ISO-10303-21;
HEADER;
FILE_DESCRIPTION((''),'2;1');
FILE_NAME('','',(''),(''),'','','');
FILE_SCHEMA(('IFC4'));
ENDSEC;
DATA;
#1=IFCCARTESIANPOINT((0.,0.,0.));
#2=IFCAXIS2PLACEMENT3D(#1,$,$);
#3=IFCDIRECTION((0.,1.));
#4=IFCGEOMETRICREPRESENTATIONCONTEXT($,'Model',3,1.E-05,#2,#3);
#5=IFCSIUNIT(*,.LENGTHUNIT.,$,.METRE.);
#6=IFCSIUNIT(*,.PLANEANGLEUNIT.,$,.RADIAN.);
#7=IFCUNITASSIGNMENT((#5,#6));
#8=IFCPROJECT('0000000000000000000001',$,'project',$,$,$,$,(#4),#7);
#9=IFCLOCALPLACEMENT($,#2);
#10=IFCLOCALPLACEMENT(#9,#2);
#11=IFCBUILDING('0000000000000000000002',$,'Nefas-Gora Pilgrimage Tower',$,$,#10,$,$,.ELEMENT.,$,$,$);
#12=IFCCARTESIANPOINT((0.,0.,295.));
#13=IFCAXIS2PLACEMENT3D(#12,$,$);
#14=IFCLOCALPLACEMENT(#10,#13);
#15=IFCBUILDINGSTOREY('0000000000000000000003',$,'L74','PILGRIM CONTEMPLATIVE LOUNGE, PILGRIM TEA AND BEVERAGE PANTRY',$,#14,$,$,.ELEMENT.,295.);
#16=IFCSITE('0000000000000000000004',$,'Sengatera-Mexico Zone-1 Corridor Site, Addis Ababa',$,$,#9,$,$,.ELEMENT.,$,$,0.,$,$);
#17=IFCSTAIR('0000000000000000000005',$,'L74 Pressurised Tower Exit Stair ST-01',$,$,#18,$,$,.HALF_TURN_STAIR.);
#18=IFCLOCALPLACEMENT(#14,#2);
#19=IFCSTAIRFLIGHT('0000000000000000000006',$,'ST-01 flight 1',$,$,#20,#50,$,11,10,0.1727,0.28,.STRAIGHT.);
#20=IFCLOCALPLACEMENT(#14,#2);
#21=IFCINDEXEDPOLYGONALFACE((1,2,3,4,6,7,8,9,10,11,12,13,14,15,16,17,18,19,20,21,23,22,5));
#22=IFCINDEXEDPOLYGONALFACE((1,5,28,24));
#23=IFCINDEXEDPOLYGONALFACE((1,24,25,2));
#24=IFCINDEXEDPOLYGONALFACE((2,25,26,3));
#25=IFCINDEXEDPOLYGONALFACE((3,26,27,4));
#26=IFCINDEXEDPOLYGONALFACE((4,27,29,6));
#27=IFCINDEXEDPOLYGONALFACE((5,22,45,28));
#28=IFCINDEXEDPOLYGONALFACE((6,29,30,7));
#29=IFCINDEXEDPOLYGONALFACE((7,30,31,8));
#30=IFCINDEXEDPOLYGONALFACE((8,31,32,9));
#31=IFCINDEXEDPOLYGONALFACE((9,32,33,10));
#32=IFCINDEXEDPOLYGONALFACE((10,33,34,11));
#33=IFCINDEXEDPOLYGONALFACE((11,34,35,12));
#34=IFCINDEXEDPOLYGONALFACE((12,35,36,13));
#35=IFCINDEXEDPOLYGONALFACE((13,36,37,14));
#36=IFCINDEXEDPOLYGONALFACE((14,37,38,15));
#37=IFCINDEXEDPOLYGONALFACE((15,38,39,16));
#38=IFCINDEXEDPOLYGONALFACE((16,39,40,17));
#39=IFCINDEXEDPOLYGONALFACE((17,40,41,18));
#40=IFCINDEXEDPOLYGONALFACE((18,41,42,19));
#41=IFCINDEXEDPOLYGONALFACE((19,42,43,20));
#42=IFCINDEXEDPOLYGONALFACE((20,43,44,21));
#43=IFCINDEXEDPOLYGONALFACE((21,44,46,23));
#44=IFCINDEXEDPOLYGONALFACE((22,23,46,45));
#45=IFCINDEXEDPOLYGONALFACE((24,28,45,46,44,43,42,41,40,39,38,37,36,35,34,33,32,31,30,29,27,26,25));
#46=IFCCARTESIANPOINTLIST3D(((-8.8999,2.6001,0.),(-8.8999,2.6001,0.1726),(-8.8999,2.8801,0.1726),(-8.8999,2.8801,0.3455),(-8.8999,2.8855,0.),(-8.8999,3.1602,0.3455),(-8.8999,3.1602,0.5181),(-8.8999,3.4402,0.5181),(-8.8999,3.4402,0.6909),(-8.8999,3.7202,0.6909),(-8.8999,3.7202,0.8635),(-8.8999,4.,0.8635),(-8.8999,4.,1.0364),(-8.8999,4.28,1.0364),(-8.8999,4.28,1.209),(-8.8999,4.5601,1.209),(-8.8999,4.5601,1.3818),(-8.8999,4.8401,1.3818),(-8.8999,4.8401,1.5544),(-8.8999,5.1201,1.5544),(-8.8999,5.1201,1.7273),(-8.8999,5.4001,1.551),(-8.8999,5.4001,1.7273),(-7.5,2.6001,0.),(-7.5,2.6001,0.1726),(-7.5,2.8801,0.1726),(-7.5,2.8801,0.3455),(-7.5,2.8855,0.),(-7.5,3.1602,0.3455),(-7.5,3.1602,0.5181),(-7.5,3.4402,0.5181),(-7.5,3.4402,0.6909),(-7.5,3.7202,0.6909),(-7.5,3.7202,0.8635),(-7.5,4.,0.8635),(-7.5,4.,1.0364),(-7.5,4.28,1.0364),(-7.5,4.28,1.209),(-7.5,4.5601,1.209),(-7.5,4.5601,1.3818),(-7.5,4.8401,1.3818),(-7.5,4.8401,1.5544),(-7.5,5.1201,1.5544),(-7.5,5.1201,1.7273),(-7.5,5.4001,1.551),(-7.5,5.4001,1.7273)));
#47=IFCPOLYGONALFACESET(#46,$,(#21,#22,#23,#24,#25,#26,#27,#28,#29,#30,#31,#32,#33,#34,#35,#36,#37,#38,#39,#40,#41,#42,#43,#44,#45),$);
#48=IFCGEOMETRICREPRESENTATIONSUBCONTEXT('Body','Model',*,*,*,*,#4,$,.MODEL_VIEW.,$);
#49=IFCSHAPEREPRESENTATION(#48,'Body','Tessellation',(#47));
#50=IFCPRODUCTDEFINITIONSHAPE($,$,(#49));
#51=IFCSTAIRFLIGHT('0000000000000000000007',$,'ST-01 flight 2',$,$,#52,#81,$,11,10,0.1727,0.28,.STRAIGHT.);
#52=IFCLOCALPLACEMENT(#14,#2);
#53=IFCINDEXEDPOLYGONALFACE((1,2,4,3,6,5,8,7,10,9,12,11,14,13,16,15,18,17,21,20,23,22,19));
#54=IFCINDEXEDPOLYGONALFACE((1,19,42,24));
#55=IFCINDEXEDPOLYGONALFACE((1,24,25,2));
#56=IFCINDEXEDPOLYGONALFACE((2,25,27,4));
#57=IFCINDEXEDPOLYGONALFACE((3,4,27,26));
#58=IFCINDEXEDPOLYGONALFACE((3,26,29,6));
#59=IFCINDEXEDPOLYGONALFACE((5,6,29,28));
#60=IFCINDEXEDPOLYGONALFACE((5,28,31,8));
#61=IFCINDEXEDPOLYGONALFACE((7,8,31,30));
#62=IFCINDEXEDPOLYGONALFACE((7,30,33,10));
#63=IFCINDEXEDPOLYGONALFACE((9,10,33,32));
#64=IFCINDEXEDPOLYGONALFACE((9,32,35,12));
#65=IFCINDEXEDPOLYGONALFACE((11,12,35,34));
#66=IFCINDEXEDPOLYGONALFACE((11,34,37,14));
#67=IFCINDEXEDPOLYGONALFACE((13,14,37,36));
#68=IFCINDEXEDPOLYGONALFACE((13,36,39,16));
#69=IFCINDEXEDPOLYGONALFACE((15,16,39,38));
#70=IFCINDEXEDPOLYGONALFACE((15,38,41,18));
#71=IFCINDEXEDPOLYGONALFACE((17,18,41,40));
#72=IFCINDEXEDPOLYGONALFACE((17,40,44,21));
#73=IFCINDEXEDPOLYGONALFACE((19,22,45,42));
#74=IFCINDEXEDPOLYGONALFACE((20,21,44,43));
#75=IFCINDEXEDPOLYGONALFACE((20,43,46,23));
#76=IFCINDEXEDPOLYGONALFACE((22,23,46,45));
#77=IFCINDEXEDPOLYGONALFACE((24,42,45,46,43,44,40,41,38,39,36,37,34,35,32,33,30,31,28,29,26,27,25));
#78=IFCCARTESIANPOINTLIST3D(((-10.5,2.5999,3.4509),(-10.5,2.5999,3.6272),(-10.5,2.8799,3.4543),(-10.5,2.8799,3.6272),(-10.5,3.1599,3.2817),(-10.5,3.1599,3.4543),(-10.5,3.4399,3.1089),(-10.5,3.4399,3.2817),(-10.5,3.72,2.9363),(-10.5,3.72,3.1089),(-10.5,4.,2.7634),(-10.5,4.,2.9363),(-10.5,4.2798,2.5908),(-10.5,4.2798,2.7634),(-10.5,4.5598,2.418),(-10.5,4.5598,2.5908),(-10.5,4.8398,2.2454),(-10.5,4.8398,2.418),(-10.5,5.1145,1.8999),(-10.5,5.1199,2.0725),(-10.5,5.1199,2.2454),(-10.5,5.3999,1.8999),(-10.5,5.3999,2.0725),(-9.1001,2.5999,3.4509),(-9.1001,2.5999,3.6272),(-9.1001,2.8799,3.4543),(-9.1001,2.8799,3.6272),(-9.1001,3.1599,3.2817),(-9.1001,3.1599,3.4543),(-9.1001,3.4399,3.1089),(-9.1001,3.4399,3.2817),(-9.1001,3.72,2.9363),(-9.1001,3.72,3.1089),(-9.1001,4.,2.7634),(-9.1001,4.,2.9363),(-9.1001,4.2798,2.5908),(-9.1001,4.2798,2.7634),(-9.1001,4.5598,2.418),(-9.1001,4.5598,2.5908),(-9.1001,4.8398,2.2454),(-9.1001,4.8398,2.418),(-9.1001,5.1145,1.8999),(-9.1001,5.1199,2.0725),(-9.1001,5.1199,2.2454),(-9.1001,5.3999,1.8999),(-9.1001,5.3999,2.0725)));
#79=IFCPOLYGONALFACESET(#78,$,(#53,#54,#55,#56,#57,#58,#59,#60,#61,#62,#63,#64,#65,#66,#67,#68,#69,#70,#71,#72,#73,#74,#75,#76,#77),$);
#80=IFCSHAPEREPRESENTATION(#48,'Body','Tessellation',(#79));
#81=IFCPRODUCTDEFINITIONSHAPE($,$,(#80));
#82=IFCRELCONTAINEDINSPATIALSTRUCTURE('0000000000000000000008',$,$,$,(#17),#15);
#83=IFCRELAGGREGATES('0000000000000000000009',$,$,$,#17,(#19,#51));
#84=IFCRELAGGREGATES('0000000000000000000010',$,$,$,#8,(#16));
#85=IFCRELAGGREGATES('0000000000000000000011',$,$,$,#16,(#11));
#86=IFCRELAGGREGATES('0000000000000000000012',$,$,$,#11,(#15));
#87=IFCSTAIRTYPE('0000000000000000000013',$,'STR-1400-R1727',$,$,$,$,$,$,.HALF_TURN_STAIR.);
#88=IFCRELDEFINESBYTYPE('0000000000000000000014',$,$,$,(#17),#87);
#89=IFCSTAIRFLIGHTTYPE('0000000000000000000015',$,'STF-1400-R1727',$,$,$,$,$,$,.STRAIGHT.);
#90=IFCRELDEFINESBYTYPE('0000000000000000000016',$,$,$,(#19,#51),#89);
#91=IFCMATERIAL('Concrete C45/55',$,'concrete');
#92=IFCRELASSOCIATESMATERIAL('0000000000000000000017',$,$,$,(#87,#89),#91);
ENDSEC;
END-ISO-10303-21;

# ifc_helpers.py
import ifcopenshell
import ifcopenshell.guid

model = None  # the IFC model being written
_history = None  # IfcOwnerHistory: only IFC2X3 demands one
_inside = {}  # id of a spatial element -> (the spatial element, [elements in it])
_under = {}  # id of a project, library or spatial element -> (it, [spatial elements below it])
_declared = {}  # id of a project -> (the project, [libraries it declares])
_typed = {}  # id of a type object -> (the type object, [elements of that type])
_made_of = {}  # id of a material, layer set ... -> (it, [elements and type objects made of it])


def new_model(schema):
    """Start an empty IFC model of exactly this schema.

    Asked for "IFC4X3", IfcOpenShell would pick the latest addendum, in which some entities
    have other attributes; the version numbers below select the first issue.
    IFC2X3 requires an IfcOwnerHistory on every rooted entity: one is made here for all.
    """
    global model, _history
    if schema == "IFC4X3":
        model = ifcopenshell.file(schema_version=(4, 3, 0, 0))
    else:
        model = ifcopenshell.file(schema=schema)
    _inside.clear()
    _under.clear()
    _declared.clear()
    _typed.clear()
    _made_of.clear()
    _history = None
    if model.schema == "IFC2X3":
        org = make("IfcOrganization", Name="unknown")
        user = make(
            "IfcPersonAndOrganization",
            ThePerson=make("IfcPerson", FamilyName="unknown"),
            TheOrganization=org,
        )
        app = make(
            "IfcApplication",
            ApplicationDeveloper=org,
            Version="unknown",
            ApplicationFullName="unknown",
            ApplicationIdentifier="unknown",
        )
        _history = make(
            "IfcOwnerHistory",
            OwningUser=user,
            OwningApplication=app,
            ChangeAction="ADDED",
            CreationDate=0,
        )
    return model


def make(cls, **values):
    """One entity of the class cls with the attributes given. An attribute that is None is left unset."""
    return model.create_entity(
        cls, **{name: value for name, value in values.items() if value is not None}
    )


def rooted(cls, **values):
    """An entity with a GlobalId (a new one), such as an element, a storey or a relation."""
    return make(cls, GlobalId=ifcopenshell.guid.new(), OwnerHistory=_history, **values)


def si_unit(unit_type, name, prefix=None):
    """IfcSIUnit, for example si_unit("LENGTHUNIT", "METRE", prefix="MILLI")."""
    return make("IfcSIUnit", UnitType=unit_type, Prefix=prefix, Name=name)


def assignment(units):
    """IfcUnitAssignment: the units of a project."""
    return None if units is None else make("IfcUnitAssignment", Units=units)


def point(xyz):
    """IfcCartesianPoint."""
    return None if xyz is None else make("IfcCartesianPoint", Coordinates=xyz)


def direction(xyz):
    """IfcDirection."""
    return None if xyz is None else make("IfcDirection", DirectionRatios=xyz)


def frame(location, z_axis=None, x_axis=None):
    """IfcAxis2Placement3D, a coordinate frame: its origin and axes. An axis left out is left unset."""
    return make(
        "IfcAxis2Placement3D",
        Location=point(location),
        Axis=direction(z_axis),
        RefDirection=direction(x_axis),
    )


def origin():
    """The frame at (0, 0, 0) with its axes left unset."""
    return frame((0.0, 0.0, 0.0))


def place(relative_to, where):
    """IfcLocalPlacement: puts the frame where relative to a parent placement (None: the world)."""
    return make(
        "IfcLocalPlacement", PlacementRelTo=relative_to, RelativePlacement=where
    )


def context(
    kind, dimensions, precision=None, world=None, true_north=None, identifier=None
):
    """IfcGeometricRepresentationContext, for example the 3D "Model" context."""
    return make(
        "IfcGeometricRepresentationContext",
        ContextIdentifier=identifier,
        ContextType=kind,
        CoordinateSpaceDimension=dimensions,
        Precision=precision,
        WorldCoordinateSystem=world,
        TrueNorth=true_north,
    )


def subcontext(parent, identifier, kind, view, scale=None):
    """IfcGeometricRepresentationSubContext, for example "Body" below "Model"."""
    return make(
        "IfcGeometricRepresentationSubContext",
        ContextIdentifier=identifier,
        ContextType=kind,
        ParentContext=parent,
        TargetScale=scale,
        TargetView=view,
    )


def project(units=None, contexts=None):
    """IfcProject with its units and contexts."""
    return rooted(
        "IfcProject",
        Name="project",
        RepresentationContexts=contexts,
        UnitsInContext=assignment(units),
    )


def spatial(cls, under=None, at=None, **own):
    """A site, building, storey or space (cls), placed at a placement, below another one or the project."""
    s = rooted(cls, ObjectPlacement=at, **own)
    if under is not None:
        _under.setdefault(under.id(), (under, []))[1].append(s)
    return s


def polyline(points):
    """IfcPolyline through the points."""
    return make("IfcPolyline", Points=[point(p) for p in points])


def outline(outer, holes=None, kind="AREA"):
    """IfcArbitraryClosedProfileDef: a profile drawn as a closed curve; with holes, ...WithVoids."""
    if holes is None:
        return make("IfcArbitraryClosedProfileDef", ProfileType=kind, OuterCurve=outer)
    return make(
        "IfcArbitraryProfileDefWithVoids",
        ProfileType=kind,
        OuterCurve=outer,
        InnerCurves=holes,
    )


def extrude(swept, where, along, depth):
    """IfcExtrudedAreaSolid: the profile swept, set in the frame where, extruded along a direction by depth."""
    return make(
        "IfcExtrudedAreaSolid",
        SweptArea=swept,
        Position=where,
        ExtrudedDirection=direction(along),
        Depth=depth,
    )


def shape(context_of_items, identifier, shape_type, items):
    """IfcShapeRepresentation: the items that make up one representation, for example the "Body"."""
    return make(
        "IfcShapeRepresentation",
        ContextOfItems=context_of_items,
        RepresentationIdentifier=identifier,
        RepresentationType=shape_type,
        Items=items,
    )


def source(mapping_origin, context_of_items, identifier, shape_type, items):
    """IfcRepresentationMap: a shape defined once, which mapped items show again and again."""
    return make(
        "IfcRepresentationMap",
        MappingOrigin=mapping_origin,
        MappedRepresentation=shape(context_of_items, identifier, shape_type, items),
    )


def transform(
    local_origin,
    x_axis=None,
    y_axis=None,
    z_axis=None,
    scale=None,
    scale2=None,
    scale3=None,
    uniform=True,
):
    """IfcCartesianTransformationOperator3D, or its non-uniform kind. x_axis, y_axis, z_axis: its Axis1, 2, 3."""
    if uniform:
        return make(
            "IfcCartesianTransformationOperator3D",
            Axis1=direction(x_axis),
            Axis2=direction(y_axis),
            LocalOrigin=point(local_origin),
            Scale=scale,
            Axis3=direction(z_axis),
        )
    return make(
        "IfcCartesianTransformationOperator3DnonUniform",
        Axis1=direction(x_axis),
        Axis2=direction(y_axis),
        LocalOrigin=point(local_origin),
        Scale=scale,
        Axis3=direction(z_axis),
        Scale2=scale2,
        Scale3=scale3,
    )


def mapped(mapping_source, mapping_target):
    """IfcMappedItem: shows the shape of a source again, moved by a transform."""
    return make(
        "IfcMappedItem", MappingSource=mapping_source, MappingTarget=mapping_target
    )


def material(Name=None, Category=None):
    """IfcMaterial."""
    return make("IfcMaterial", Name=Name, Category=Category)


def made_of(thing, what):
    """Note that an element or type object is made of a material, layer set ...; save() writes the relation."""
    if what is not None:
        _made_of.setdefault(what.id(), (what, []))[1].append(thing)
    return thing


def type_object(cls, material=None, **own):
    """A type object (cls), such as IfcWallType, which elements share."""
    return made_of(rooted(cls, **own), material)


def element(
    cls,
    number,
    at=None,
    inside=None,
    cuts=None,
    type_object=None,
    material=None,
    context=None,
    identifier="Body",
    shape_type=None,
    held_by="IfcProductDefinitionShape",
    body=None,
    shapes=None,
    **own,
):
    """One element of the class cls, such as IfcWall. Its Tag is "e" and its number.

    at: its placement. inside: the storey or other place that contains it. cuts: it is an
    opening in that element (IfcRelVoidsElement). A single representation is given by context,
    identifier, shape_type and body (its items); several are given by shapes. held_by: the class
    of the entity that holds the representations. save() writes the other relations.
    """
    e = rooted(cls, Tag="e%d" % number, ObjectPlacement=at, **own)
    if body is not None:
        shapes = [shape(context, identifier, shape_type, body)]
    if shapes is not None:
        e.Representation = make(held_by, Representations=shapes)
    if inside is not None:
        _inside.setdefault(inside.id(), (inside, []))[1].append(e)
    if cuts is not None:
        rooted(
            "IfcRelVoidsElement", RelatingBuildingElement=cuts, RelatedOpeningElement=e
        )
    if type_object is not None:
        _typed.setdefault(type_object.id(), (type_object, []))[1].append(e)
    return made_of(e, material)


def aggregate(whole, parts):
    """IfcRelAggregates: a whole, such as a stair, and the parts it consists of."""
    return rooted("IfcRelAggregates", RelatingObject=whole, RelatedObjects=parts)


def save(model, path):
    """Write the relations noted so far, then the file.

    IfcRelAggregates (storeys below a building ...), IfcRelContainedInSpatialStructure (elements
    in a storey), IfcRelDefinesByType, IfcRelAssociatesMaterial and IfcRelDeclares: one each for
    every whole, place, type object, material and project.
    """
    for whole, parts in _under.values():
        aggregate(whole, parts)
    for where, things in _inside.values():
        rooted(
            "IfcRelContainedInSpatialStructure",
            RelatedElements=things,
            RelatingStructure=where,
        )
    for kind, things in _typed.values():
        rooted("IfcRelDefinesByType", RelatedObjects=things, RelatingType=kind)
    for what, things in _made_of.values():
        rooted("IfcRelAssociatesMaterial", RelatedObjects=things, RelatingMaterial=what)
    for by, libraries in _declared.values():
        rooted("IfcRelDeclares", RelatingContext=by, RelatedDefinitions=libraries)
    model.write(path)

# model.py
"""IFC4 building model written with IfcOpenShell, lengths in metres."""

from ifc_helpers import new_model, si_unit, direction, frame, origin, place, context, subcontext, project, spatial, polyline, outline, extrude, source, transform, mapped, material, type_object, element, aggregate, save


model = new_model("IFC4")

# Units and contexts
model_context = context("Model", 3, precision=1e-05, world=origin(), true_north=direction((0.0, 1.0)))
body_context = subcontext(model_context, "Body", "Model", "MODEL_VIEW")
ifc_project = project(units=[si_unit("LENGTHUNIT", "METRE"), si_unit("PLANEANGLEUNIT", "RADIAN")], contexts=[model_context])

# Site, building, storey
site_placement = place(None, origin())
site = spatial("IfcSite", under=ifc_project, at=site_placement, Name="Sengatera-Mexico Zone-1 Corridor Site, Addis Ababa", CompositionType="ELEMENT", RefElevation=0.0)
building_placement = place(site_placement, origin())
building = spatial("IfcBuilding", under=site, at=building_placement, Name="Nefas-Gora Pilgrimage Tower", CompositionType="ELEMENT")
storey_placement = place(building_placement, frame((0.0, 0.0, 295.0)))
storey = spatial("IfcBuildingStorey", under=building, at=storey_placement, Name="L74", Description="PILGRIM CONTEMPLATIVE LOUNGE, PILGRIM TEA AND BEVERAGE PANTRY", CompositionType="ELEMENT", Elevation=295.0)

# Shared definitions
ifc_material_1 = material(Name="Concrete C45/55", Category="concrete")

# Stair, stair flights
stair_type = type_object("IfcStairType", Name="STR-1400-R1727", PredefinedType="HALF_TURN_STAIR", material=ifc_material_1)
stair_placement = place(storey_placement, origin())
stair = element("IfcStair", 1, at=stair_placement, inside=storey, type_object=stair_type, Name="L74 Pressurised Tower Exit Stair ST-01", PredefinedType="HALF_TURN_STAIR")
stair_flight_type = type_object("IfcStairFlightType", Name="STF-1400-R1727", PredefinedType="STRAIGHT", material=ifc_material_1)
shared_shape_1 = source(origin(), body_context, "Body", "SweptSolid", [
    extrude(outline(polyline([(0.0, 0.0), (0.0, 0.1726), (0.28, 0.1726), (0.28, 0.3455), (0.5601, 0.3455), (0.5601, 0.5181), (0.8401, 0.5181), (0.8401, 0.6909), (1.1201, 0.6909), (1.1201, 0.8635), (1.3999, 0.8635), (1.3999, 1.0364), (1.6799, 1.0364), (1.6799, 1.209), (1.96, 1.209), (1.96, 1.3818), (2.24, 1.3818), (2.24, 1.5544), (2.52, 1.5544), (2.52, 1.7273), (2.8, 1.7273), (2.8, 1.8999), (2.8, 1.551), (0.2854, 0.0), (0.0, 0.0)])), frame((0.0, 0.7, 0.0), z_axis=(0.0, -1.0, 0.0), x_axis=(1.0, 0.0, 0.0)), (0.0, 0.0, 1.0), 1.3999),
])
stair_flight_1_placement = place(storey_placement, frame((-8.2, 2.6001, 0.0), z_axis=(0.0, 0.0, 1.0), x_axis=(0.0, 1.0, 0.0)))
stair_flight_1 = element("IfcStairFlight", 2, at=stair_flight_1_placement, type_object=stair_flight_type, Name="ST-01 flight 1", NumberOfRisers=11, NumberOfTreads=10, PredefinedType="STRAIGHT", RiserHeight=0.1727, TreadLength=0.28, context=body_context, shape_type="MappedRepresentation", body=[
    mapped(shared_shape_1, transform((0.0, 0.0, 0.0), x_axis=(1.0, 0.0, 0.0), y_axis=(0.0, 1.0, 0.0), z_axis=(0.0, 0.0, 1.0), scale=1.0)),
])
stair_flight_2_placement = place(storey_placement, frame((-9.8, 5.3999, 1.8999), z_axis=(0.0, 0.0, 1.0), x_axis=(0.0, -1.0, 0.0)))
stair_flight_2 = element("IfcStairFlight", 3, at=stair_flight_2_placement, type_object=stair_flight_type, Name="ST-01 flight 2", NumberOfRisers=11, NumberOfTreads=10, PredefinedType="STRAIGHT", RiserHeight=0.1727, TreadLength=0.28, context=body_context, shape_type="MappedRepresentation", body=[
    mapped(shared_shape_1, transform((0.0, 0.0, 0.0), x_axis=(1.0, 0.0, 0.0), y_axis=(0.0, 1.0, 0.0), z_axis=(0.0, 0.0, 1.0), scale=1.0)),
])
aggregate(stair, [stair_flight_1, stair_flight_2])

save(model, "model.ifc")
